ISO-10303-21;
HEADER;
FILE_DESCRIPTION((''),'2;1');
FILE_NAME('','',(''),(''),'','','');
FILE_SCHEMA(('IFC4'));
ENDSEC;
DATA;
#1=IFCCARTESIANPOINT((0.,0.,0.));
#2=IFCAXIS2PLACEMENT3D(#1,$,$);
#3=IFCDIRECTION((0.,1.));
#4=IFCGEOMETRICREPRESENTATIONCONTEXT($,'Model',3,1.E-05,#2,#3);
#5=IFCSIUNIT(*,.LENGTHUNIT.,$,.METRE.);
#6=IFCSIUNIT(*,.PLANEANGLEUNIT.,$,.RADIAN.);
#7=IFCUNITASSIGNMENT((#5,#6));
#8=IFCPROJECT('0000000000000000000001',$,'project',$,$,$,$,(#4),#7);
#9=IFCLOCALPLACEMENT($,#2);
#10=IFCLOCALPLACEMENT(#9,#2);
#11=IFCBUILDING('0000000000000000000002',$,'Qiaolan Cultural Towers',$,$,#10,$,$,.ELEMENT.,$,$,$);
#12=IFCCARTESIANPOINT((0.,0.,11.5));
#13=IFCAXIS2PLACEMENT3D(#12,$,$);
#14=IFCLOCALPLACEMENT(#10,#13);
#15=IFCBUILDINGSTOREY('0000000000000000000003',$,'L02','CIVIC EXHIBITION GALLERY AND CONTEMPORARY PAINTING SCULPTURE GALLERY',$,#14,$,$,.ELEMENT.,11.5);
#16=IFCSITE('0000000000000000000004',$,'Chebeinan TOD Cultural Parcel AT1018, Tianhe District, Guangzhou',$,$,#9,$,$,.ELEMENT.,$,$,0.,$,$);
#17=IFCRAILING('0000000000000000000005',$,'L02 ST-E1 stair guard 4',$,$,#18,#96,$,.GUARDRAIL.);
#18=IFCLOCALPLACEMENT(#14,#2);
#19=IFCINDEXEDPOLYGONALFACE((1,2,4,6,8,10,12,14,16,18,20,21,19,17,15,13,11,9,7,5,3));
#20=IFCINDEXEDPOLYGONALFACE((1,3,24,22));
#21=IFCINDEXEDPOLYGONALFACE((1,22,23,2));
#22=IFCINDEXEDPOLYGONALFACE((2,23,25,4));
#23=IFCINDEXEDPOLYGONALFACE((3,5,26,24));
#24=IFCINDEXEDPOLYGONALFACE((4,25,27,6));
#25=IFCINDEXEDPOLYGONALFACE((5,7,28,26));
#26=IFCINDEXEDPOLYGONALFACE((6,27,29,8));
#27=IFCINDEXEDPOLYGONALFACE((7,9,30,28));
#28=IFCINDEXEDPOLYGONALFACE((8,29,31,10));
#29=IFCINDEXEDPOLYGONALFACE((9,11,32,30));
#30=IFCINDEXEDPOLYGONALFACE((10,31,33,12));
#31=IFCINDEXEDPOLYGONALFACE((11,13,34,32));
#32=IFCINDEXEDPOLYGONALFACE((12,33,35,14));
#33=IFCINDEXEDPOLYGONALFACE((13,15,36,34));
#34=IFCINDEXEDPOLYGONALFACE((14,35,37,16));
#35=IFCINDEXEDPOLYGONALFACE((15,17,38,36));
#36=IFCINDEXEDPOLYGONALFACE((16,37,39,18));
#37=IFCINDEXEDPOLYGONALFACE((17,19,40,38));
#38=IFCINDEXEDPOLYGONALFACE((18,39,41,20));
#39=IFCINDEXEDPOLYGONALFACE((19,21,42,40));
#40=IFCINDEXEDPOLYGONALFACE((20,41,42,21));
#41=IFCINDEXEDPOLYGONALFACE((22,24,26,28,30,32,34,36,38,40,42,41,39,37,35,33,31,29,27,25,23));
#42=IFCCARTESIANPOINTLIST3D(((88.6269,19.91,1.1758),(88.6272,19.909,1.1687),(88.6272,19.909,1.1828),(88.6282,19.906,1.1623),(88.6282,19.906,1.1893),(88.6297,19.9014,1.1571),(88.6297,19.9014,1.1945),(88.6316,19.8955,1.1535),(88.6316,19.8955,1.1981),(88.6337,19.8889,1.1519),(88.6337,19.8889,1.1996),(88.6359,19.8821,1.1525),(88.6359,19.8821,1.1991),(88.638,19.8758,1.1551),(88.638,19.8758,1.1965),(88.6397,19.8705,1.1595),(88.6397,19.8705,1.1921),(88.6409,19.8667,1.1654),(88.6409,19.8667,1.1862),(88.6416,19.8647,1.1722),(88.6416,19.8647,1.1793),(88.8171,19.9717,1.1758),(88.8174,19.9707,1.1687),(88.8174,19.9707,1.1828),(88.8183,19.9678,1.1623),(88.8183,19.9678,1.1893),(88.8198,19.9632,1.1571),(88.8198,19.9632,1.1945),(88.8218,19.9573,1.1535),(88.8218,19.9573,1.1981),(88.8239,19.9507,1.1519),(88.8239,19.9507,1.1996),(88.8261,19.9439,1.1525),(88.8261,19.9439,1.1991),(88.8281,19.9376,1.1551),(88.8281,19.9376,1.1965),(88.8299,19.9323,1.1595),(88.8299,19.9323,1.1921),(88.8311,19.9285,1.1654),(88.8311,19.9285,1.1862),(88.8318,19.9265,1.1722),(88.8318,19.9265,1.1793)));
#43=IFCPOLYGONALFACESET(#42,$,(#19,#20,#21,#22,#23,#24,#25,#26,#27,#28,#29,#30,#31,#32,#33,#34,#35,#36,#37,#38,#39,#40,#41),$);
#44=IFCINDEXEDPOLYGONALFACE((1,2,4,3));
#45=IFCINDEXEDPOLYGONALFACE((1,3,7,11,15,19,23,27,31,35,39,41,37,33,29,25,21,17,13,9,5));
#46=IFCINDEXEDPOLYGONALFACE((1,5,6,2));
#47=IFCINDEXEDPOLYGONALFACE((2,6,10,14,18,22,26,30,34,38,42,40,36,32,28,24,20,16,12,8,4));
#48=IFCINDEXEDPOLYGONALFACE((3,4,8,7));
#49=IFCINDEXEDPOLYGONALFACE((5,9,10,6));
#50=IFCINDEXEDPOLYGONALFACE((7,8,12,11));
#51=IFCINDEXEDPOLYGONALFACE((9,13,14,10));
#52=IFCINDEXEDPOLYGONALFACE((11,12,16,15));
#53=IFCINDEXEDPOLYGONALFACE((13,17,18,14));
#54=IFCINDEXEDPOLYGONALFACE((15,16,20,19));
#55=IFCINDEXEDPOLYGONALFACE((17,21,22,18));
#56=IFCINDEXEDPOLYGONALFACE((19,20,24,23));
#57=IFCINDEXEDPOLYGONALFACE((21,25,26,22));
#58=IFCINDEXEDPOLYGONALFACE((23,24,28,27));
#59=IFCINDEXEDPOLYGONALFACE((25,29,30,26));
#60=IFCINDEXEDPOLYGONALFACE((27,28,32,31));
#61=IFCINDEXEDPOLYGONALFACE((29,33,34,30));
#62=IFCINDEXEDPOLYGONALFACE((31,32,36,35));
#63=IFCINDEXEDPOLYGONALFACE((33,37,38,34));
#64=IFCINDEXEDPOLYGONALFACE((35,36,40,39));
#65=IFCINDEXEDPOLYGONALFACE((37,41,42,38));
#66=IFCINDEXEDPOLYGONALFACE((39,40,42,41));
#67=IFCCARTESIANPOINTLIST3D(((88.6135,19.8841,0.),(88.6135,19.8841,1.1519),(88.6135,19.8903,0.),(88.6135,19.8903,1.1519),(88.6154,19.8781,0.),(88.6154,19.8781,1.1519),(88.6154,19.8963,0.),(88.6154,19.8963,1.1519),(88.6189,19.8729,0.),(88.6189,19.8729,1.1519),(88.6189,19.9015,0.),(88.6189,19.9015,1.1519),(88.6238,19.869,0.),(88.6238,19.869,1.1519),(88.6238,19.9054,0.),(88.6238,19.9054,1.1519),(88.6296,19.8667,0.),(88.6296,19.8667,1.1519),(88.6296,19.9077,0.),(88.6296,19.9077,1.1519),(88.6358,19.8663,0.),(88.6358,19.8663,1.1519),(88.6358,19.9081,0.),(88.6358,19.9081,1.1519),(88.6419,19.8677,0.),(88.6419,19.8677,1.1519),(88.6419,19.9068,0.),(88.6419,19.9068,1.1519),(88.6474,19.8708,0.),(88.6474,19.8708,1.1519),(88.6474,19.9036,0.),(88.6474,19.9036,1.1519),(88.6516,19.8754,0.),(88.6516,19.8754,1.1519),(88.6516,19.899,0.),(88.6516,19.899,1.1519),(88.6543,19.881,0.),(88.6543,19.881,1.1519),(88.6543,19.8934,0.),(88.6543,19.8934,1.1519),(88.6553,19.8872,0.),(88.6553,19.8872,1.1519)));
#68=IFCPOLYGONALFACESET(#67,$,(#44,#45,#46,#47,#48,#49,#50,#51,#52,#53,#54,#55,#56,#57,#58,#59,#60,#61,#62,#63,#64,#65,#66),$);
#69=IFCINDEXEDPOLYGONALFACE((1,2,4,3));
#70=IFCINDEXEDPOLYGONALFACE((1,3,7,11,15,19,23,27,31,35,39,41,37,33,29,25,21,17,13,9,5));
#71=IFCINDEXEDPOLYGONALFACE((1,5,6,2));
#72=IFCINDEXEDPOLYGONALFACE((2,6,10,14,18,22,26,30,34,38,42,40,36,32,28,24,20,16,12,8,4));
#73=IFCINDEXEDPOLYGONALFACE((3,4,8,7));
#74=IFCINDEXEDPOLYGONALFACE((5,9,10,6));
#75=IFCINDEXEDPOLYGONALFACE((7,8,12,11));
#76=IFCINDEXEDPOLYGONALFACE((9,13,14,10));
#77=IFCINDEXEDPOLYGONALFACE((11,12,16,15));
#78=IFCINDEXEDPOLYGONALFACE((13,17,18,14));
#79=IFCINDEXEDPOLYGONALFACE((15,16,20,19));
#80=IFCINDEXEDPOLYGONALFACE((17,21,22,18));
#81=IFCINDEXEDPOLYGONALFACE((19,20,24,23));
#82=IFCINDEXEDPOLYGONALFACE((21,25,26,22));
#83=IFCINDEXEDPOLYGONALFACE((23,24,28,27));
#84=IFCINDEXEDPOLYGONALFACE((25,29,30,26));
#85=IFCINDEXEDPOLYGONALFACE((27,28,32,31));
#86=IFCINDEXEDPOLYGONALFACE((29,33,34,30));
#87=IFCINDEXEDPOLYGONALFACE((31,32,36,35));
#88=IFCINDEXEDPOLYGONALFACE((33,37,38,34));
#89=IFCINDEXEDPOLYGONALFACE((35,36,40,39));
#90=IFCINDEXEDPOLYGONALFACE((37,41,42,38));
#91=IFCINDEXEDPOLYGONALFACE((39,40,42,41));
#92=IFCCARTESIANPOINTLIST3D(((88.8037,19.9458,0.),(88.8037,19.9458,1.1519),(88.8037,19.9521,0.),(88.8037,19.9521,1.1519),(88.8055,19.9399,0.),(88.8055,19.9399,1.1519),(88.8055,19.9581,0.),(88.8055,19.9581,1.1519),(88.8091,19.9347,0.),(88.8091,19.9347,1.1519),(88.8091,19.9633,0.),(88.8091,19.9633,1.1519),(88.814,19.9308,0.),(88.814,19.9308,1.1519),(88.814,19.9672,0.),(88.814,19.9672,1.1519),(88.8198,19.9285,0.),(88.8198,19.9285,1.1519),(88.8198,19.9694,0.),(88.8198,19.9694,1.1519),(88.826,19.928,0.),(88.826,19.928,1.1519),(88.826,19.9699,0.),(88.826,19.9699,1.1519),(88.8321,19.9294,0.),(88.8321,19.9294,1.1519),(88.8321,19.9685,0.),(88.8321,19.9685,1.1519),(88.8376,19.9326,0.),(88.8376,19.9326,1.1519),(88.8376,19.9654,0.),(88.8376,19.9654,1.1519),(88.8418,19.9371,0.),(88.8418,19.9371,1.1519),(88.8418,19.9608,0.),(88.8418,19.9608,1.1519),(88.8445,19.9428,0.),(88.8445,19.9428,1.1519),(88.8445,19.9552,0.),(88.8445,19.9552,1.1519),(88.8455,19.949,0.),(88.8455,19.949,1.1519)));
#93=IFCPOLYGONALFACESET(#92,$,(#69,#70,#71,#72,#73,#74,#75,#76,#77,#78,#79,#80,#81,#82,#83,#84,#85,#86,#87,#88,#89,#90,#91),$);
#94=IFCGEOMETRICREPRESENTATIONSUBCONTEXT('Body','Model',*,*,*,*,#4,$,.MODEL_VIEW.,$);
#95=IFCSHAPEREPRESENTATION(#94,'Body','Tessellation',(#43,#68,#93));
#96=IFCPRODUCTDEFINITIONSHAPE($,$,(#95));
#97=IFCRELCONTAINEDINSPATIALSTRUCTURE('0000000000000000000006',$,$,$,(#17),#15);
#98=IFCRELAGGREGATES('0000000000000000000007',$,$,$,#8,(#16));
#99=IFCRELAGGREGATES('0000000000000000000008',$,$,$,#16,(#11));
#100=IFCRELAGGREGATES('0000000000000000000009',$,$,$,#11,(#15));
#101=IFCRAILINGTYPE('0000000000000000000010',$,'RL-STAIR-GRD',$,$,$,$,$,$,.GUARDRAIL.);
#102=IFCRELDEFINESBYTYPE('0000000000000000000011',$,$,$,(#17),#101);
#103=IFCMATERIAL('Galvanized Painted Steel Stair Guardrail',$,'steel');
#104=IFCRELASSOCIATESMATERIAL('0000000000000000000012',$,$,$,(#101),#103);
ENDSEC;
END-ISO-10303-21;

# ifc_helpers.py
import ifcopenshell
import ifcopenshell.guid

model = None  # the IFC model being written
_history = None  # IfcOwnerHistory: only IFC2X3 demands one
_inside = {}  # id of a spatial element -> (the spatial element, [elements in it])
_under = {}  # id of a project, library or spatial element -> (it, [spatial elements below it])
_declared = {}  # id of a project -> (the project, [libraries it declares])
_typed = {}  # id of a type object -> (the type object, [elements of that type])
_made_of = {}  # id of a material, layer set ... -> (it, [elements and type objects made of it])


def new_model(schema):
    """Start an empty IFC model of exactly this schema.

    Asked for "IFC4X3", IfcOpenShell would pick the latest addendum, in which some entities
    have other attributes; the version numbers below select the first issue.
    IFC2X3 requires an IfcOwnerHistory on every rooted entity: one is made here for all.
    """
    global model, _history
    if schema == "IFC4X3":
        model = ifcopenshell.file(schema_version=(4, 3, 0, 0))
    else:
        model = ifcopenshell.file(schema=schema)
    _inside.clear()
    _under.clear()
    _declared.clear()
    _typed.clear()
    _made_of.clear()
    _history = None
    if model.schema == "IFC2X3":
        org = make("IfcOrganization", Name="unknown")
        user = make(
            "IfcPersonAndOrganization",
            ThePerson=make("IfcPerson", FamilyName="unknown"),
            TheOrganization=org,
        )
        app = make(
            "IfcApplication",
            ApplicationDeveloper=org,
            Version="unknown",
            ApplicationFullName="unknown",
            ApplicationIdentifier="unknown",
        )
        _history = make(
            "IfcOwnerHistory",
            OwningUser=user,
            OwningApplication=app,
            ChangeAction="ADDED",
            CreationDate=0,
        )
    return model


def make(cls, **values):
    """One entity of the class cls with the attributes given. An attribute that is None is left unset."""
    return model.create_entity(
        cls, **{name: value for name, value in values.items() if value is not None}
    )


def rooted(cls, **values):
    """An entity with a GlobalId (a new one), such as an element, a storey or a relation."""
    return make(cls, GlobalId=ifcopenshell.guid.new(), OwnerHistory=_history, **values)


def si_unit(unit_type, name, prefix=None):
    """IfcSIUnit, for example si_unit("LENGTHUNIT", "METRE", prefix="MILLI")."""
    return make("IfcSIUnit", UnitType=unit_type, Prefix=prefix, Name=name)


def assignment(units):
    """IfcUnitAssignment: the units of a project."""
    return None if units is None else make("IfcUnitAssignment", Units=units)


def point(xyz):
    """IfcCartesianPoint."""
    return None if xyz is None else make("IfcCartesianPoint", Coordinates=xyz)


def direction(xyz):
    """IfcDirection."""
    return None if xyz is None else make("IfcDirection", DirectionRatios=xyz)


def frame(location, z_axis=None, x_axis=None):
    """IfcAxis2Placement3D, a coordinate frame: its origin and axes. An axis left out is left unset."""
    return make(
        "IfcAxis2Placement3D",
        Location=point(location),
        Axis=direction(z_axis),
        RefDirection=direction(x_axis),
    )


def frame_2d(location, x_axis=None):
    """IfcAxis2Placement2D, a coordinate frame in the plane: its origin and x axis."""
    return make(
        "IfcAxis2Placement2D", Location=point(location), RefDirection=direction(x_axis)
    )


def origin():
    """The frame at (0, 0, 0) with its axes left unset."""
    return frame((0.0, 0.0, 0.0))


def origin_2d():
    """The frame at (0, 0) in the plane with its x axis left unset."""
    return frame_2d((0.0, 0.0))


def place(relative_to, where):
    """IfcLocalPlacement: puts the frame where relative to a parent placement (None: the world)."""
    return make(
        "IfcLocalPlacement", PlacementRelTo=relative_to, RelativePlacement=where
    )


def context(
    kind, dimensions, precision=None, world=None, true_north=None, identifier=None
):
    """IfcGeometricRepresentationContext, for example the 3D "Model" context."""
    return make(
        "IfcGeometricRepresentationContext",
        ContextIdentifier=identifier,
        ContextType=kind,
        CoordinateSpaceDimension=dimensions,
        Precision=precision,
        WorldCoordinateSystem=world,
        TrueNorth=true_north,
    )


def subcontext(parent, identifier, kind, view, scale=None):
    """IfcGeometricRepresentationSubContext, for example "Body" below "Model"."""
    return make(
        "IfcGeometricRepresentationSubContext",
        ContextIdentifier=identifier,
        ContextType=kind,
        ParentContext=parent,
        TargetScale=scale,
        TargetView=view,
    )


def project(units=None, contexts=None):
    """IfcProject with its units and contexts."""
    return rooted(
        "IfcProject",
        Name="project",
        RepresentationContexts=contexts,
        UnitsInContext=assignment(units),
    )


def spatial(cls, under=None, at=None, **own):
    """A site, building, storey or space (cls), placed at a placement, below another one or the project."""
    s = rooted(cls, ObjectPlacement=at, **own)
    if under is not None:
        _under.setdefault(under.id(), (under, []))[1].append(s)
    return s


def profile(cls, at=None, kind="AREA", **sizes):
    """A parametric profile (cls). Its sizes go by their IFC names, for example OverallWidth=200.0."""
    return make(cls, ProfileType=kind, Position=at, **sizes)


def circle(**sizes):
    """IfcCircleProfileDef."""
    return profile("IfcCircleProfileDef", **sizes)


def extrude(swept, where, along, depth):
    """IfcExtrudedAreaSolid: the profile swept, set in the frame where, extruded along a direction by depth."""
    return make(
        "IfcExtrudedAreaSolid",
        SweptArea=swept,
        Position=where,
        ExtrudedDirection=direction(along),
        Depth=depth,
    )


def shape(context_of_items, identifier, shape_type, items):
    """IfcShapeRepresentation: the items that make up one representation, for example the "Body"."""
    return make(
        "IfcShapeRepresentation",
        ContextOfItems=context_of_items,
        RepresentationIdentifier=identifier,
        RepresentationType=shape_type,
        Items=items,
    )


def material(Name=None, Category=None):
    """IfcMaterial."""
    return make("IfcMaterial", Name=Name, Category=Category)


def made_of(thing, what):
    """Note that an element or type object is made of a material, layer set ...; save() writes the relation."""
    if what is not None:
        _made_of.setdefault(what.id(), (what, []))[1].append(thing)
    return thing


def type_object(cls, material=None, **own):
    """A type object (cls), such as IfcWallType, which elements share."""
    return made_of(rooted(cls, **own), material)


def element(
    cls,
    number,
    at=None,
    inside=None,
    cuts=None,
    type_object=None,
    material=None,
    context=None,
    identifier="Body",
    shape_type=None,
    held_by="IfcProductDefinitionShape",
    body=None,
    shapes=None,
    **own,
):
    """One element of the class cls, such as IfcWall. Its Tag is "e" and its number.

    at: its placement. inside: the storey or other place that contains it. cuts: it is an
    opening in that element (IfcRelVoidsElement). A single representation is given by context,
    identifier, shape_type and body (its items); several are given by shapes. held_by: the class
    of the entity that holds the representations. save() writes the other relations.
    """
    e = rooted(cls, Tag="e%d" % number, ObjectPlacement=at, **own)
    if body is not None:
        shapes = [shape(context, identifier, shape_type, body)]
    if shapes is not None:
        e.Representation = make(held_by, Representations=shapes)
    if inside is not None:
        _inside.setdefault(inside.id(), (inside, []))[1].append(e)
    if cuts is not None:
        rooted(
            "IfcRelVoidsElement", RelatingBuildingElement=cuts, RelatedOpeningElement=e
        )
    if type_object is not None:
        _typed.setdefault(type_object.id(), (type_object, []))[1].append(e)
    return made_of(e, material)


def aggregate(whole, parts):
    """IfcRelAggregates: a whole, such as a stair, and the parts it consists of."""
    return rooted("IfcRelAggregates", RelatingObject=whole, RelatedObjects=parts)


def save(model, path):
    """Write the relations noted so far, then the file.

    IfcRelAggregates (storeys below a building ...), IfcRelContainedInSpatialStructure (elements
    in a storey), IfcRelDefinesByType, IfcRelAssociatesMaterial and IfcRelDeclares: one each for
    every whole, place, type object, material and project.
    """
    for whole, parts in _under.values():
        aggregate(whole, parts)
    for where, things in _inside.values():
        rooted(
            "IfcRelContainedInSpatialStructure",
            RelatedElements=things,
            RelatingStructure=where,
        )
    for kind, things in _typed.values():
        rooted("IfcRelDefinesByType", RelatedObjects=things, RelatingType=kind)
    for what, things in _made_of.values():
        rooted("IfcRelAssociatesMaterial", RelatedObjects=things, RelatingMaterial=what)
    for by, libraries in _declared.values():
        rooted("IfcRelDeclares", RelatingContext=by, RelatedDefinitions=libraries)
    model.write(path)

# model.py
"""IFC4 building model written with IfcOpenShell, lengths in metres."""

from ifc_helpers import new_model, si_unit, direction, frame, origin, origin_2d, place, context, subcontext, project, spatial, circle, extrude, material, type_object, element, save


model = new_model("IFC4")

# Units and contexts
model_context = context("Model", 3, precision=1e-05, world=origin(), true_north=direction((0.0, 1.0)))
body_context = subcontext(model_context, "Body", "Model", "MODEL_VIEW")
ifc_project = project(units=[si_unit("LENGTHUNIT", "METRE"), si_unit("PLANEANGLEUNIT", "RADIAN")], contexts=[model_context])

# Site, building, storey
site_placement = place(None, origin())
site = spatial("IfcSite", under=ifc_project, at=site_placement, Name="Chebeinan TOD Cultural Parcel AT1018, Tianhe District, Guangzhou", CompositionType="ELEMENT", RefElevation=0.0)
building_placement = place(site_placement, origin())
building = spatial("IfcBuilding", under=site, at=building_placement, Name="Qiaolan Cultural Towers", CompositionType="ELEMENT")
storey_placement = place(building_placement, frame((0.0, 0.0, 11.5)))
storey = spatial("IfcBuildingStorey", under=building, at=storey_placement, Name="L02", Description="CIVIC EXHIBITION GALLERY AND CONTEMPORARY PAINTING SCULPTURE GALLERY", CompositionType="ELEMENT", Elevation=11.5)

# Railing
ifc_material_1 = material(Name="Galvanized Painted Steel Stair Guardrail", Category="steel")
railing_type_1 = type_object("IfcRailingType", Name="RL-STAIR-GRD", PredefinedType="GUARDRAIL", material=ifc_material_1)
railing_1_placement = place(storey_placement, frame((88.6343, 19.8872, 0.0)))
element("IfcRailing", 1, at=railing_1_placement, inside=storey, type_object=railing_type_1, Name="L02 ST-E1 stair guard 4", PredefinedType="GUARDRAIL", context=body_context, shape_type="SweptSolid", body=[
    extrude(circle(Radius=0.0239, at=origin_2d()), frame((0.0, 0.0, 1.1758), z_axis=(0.951097, 0.308893, 0.0), x_axis=(-0.308893, 0.951097, 0.0)), (0.0, 0.0, 1.0), 0.2),
    extrude(circle(Radius=0.021, at=origin_2d()), origin(), (0.0, 0.0, 1.0), 1.1519),
    extrude(circle(Radius=0.021, at=origin_2d()), frame((0.1902, 0.0618, 0.0)), (0.0, 0.0, 1.0), 1.1519),
])

save(model, "model.ifc")
